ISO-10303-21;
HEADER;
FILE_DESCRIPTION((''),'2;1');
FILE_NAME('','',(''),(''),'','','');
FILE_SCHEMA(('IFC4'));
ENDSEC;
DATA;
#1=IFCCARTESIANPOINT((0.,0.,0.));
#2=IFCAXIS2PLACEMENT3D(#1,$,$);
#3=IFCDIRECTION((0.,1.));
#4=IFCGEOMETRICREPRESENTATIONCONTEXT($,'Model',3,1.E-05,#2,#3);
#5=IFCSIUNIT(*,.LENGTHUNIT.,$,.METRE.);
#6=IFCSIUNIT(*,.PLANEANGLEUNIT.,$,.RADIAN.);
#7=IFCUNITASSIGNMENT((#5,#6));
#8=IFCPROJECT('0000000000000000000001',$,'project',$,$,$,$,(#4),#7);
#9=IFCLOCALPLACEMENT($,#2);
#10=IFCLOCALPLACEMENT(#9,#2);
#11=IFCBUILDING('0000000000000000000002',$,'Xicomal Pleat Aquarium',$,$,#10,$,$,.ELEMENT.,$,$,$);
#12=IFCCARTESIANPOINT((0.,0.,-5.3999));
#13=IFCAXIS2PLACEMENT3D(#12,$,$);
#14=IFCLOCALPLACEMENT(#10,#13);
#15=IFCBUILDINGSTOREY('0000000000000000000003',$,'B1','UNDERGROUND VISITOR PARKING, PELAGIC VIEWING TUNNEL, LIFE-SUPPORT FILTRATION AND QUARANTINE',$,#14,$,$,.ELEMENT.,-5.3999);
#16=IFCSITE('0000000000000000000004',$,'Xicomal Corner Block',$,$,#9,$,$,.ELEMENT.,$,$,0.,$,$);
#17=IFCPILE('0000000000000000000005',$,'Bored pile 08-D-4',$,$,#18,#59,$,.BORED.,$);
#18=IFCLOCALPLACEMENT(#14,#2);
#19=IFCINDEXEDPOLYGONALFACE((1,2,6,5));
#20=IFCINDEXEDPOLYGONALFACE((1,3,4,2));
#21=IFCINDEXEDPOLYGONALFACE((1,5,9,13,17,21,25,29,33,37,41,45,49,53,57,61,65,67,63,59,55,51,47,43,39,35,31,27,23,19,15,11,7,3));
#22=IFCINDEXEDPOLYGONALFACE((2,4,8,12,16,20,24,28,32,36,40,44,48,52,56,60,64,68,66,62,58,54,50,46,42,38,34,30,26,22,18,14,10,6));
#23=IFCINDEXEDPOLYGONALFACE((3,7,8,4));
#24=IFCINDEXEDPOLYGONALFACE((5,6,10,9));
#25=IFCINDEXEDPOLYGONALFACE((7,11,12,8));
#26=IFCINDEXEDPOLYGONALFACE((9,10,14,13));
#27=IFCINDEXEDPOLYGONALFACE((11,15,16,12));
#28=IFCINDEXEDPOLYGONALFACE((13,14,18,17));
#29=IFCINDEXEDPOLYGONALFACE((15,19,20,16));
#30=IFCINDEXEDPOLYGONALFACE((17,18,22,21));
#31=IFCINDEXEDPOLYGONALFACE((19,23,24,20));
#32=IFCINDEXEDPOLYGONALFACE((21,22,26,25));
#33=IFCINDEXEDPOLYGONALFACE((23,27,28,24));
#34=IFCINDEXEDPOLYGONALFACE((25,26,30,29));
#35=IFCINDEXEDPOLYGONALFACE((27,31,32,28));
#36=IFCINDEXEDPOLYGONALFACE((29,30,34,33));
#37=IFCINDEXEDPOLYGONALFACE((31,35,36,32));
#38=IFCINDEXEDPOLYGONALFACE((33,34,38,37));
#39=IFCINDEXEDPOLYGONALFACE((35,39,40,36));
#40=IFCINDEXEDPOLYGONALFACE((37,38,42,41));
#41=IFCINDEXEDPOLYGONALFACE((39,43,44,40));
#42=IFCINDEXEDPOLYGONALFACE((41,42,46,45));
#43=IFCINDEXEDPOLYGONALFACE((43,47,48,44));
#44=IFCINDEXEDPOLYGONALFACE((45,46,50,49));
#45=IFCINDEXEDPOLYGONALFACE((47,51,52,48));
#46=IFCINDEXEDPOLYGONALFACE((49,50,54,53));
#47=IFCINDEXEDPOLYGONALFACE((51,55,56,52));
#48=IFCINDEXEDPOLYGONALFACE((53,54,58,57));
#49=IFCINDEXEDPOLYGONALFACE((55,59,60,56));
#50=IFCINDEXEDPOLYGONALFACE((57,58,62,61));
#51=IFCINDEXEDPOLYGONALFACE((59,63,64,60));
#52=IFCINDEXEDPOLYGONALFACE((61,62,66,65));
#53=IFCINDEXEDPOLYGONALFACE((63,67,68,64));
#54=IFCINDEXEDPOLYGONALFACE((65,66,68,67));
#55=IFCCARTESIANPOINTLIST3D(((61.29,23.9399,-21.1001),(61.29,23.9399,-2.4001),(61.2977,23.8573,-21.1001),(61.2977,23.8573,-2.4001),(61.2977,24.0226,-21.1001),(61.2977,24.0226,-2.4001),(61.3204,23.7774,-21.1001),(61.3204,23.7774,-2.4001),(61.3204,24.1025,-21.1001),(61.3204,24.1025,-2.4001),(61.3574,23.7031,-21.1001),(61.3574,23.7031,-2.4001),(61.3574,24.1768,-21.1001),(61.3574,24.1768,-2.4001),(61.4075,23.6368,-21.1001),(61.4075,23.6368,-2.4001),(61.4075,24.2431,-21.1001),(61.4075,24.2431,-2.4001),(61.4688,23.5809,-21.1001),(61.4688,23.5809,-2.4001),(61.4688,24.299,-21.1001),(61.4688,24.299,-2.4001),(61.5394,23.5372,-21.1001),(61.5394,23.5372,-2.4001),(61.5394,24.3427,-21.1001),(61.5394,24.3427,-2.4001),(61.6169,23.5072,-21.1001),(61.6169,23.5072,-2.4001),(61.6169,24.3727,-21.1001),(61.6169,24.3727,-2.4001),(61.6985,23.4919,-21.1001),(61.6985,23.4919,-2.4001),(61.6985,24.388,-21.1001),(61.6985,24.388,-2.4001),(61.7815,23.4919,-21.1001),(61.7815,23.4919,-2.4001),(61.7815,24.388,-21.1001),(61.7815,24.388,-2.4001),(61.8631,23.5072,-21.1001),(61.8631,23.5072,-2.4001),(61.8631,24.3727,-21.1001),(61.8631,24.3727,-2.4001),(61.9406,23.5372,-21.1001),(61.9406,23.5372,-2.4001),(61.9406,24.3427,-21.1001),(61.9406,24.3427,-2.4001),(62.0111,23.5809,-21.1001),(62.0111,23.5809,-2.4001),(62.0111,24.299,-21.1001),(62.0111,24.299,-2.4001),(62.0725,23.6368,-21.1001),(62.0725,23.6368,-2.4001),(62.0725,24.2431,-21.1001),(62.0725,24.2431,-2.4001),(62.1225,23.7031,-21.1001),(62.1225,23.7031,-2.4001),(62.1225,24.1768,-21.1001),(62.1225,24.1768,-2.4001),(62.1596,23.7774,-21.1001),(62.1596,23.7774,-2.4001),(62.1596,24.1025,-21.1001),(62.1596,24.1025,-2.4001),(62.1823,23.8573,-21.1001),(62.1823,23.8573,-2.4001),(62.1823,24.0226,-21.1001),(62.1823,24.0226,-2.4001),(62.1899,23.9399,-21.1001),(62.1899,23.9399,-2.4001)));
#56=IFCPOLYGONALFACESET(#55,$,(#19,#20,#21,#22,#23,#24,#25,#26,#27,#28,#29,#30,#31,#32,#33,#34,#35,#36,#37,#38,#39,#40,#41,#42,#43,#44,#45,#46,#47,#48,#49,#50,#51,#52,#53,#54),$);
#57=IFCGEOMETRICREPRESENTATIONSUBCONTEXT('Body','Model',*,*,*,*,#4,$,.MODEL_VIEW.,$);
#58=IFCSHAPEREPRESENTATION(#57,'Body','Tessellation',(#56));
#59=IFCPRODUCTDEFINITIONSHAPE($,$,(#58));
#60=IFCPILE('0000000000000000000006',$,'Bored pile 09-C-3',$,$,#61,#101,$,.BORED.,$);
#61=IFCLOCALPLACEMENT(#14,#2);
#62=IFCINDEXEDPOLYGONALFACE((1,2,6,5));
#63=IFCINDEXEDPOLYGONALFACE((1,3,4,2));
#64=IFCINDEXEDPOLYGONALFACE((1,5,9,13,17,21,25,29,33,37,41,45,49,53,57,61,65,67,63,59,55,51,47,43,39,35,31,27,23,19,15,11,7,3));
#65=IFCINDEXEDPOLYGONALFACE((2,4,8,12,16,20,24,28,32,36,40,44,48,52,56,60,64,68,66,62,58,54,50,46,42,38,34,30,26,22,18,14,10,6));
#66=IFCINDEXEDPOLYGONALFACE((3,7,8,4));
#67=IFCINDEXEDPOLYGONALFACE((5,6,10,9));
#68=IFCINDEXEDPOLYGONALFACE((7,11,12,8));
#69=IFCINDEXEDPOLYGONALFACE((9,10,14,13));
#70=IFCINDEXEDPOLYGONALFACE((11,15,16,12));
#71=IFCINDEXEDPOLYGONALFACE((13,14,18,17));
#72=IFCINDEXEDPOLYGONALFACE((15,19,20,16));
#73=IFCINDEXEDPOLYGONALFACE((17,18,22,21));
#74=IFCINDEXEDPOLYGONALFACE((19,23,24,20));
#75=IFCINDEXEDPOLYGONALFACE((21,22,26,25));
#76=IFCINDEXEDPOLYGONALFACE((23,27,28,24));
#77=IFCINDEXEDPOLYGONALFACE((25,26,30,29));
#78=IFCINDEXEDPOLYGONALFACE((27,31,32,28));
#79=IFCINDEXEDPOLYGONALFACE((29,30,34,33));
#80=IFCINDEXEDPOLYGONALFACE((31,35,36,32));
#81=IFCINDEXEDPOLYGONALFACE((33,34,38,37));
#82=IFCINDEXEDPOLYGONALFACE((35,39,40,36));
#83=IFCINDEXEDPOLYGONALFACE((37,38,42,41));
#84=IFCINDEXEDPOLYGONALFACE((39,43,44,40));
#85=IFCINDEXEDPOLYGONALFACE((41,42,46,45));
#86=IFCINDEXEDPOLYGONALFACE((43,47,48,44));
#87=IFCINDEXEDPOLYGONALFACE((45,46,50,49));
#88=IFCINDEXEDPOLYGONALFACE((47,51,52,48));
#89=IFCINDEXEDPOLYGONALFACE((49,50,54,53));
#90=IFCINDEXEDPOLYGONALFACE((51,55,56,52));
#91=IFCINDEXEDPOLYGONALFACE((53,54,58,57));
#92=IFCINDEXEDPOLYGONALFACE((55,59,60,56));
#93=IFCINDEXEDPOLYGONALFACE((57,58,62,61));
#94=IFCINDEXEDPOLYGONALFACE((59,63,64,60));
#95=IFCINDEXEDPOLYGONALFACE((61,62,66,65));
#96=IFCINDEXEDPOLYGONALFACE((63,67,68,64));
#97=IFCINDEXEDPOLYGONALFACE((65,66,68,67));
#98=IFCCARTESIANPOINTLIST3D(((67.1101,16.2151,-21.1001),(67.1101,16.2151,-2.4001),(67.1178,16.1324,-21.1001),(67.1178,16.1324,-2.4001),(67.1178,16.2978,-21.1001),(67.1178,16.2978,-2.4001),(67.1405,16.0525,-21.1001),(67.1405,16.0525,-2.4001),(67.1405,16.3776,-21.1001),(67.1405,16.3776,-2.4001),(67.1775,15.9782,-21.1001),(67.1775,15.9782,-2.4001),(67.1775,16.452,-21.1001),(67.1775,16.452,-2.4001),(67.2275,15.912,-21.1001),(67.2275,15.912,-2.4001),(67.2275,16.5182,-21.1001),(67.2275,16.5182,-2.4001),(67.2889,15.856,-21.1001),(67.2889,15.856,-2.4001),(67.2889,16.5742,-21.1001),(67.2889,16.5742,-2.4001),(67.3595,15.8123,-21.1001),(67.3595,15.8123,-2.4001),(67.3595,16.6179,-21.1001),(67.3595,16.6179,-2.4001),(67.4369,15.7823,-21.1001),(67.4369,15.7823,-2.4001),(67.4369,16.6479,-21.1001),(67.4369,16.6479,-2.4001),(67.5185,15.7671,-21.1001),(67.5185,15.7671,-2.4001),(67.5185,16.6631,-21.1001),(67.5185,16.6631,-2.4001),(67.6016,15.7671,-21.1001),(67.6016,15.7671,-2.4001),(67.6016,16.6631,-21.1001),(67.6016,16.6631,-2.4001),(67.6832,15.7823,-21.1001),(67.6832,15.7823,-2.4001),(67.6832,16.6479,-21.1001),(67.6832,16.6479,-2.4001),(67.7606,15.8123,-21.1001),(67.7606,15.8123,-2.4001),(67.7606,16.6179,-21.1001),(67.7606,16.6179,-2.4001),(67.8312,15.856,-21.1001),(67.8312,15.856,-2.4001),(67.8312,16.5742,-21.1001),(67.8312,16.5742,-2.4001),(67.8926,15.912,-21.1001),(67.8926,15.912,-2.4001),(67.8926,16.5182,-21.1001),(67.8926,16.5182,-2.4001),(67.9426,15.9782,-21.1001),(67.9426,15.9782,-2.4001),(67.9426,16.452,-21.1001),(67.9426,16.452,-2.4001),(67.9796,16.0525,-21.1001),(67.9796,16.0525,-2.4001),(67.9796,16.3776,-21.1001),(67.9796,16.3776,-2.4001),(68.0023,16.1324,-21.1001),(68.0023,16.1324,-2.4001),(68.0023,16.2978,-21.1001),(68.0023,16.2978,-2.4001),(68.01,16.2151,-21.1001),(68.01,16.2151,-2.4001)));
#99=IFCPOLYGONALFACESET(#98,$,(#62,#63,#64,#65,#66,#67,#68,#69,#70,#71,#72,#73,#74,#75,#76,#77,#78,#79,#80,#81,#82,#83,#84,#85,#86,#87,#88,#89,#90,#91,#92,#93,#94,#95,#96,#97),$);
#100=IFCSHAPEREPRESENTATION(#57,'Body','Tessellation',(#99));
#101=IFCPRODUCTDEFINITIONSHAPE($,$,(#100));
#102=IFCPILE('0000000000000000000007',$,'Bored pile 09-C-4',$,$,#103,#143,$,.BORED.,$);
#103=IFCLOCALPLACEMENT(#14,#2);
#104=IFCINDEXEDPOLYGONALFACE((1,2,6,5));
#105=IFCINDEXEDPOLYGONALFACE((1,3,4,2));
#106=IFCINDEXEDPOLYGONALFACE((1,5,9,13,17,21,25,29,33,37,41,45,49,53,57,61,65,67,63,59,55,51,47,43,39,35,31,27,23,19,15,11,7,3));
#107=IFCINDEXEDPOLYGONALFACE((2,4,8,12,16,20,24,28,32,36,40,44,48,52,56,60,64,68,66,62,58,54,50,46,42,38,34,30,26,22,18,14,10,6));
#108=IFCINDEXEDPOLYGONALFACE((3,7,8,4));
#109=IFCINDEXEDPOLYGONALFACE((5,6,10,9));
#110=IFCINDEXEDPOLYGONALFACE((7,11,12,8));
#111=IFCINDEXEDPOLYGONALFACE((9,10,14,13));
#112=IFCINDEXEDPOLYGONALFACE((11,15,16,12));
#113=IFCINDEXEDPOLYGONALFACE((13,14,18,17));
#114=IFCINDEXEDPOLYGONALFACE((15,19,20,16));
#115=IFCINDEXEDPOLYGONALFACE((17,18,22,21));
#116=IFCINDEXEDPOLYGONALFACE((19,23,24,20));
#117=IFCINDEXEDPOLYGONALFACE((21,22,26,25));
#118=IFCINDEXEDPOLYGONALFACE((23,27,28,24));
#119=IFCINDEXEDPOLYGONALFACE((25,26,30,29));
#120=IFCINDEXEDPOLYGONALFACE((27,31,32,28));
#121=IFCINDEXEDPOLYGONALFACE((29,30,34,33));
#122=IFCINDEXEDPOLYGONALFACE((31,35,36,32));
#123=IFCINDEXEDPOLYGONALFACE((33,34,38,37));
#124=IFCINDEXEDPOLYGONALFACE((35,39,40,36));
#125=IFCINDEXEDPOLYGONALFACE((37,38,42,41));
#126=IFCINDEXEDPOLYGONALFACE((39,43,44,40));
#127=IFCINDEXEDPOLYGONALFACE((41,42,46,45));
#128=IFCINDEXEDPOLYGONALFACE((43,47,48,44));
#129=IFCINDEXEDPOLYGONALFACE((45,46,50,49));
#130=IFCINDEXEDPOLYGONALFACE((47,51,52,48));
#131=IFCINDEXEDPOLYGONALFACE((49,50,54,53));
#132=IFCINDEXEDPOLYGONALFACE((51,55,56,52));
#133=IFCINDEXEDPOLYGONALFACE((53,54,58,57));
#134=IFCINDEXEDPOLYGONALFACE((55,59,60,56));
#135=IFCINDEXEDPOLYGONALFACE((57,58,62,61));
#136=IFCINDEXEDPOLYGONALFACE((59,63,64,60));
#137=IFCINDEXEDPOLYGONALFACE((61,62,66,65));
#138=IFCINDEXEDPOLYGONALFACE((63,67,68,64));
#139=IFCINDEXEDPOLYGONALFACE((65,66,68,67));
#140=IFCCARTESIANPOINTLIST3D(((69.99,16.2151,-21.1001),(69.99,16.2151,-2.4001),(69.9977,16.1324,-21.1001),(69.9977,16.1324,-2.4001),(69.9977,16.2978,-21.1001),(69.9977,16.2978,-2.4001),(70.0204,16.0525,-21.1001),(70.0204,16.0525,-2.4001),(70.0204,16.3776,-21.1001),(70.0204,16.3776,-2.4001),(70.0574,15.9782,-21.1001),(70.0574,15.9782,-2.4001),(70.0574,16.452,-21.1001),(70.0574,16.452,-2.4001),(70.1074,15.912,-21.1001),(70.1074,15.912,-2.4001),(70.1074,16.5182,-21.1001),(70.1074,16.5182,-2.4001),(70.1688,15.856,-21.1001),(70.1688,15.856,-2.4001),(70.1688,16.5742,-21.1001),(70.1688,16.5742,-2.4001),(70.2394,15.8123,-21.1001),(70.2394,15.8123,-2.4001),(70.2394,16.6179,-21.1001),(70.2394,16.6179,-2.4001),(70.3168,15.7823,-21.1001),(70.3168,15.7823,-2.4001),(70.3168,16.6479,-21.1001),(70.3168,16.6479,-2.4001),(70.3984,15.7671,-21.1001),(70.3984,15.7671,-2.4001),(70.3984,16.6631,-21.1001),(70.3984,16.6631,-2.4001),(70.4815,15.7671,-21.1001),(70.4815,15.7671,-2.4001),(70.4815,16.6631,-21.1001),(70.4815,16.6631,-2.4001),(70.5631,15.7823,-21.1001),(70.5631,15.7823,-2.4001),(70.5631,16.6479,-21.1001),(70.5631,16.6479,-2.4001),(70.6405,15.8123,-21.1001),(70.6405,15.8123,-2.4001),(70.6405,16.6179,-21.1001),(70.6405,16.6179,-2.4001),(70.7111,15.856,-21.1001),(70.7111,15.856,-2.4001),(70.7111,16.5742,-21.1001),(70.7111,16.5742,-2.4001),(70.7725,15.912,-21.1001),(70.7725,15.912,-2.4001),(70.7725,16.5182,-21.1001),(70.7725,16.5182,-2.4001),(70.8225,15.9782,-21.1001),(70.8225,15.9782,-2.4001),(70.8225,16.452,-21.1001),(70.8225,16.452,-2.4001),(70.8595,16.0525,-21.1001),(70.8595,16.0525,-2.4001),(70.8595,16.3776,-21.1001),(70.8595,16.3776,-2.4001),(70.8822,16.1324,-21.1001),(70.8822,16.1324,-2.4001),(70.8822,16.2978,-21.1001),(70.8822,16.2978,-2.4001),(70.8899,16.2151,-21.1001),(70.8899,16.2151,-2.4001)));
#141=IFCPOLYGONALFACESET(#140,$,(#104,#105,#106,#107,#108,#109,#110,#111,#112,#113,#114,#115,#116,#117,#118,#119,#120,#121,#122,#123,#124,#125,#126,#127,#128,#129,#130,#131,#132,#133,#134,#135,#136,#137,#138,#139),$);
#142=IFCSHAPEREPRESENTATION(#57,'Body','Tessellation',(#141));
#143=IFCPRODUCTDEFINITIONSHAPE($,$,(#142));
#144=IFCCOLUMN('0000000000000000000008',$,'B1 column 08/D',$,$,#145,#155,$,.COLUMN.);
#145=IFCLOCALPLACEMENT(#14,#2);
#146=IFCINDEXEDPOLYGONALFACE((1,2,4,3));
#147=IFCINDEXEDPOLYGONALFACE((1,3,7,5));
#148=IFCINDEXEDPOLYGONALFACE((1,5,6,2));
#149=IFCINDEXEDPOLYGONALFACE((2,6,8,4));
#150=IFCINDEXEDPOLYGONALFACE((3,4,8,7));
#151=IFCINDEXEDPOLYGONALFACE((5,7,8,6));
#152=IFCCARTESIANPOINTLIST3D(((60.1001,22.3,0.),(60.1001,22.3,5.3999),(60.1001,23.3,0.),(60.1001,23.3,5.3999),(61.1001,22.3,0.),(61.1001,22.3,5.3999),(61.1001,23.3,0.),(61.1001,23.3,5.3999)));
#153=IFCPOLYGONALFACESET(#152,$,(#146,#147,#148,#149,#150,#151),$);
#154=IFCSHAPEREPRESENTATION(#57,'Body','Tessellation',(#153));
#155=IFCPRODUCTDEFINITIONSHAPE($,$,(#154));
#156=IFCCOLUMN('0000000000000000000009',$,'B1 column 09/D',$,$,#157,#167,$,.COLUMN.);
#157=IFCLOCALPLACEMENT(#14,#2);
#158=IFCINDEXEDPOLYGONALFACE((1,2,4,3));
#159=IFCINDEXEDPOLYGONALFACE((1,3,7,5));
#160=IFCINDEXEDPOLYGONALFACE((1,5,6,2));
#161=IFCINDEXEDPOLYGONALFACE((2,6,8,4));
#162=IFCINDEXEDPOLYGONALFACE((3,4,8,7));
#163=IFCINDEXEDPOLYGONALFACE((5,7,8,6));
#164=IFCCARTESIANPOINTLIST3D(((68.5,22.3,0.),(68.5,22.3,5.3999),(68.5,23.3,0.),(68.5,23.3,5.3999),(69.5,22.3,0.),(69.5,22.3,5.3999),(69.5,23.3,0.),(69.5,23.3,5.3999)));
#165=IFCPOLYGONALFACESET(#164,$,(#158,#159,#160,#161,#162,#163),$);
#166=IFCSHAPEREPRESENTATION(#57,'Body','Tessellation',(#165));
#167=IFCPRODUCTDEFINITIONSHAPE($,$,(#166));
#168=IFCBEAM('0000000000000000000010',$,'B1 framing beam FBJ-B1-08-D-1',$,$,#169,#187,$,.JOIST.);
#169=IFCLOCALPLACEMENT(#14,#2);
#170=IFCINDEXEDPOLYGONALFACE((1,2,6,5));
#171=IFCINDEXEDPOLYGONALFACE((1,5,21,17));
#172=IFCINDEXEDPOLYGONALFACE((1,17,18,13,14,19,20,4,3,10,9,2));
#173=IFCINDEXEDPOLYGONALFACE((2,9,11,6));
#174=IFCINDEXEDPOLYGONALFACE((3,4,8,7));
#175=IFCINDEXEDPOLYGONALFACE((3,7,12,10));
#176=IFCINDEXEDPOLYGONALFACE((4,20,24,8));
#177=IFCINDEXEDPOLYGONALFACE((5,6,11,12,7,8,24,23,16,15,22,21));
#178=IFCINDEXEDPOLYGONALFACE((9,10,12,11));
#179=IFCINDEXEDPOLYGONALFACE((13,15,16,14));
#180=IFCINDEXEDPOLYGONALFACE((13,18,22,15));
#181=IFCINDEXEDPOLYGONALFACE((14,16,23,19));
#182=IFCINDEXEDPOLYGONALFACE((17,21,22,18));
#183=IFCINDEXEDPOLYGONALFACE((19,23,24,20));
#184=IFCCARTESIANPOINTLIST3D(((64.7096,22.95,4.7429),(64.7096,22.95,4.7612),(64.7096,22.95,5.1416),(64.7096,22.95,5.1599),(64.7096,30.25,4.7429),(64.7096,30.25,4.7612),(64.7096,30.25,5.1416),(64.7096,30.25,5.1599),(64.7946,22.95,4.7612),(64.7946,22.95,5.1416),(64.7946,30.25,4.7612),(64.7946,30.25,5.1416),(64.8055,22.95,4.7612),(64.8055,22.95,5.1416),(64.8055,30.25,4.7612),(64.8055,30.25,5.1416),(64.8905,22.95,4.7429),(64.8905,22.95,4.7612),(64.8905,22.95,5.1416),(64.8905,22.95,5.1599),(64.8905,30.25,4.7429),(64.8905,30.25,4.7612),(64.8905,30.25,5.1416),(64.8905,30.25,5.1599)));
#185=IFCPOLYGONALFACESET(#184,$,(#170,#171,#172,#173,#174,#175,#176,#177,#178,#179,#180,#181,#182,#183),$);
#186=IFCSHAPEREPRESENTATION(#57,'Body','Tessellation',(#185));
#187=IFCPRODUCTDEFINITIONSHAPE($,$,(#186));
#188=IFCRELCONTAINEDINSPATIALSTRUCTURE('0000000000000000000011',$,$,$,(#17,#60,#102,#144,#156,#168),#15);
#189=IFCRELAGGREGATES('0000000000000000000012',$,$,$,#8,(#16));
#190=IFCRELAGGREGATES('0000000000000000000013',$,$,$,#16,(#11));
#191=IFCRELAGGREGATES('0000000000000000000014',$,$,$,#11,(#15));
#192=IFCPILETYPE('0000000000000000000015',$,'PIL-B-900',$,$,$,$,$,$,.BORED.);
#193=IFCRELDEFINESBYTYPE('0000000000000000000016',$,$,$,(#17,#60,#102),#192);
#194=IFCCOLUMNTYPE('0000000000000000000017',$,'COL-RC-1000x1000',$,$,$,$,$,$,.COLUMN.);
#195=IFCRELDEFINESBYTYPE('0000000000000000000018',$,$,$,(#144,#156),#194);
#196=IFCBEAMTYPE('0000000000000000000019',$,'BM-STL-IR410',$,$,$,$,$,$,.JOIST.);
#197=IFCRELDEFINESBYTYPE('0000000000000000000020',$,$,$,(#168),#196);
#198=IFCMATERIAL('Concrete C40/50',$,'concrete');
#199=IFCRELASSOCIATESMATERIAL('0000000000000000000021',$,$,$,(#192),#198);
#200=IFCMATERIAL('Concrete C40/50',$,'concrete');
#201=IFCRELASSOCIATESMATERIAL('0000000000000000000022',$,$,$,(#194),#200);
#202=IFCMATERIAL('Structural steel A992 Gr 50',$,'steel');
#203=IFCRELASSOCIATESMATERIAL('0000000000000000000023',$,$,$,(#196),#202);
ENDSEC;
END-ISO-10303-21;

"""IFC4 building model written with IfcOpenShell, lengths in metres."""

from ifc_helpers import new_model, si_unit, direction, frame, origin, origin_2d, place, context, subcontext, project, spatial, rectangle, circle, i_section, extrude, material, material_profile, profile_set, type_object, element, save


model = new_model("IFC4")

# Units and contexts
model_context = context("Model", 3, precision=1e-05, world=origin(), true_north=direction((0.0, 1.0)))
body_context = subcontext(model_context, "Body", "Model", "MODEL_VIEW")
ifc_project = project(units=[si_unit("LENGTHUNIT", "METRE"), si_unit("PLANEANGLEUNIT", "RADIAN")], contexts=[model_context])

# Site, building, storey
site_placement = place(None, origin())
site = spatial("IfcSite", under=ifc_project, at=site_placement, Name="Xicomal Corner Block", CompositionType="ELEMENT", RefElevation=0.0)
building_placement = place(site_placement, origin())
building = spatial("IfcBuilding", under=site, at=building_placement, Name="Xicomal Pleat Aquarium", CompositionType="ELEMENT")
storey_placement = place(building_placement, frame((0.0, 0.0, -5.3999)))
storey = spatial("IfcBuildingStorey", under=building, at=storey_placement, Name="B1", Description="UNDERGROUND VISITOR PARKING, PELAGIC VIEWING TUNNEL, LIFE-SUPPORT FILTRATION AND QUARANTINE", CompositionType="ELEMENT", Elevation=-5.3999)

# Piles
ifc_material_1 = material(Name="Concrete C40/50", Category="concrete")
ifc_material_profile_1 = material_profile(ifc_material_1, circle(Radius=0.45, at=origin_2d()), Name="BORED PILE D900")
ifc_profile_set_1 = profile_set([ifc_material_profile_1], Name="Concrete C40/50")
pile_type_1 = type_object("IfcPileType", Name="PIL-B-900", PredefinedType="BORED", material=ifc_profile_set_1)
for number, where, z_axis, x_axis, name in (
    (1, (61.74, 23.9399, -2.4001), (0.0, 0.0, -1.0), (1.0, 0.0, 0.0), "Bored pile 08-D-4"),
    (2, (67.5601, 16.2151, -2.4001), (0.0, 0.0, -1.0), (1.0, 0.0, 0.0), "Bored pile 09-C-3"),
    (3, (70.4399, 16.2151, -2.4001), (0.0, 0.0, -1.0), (1.0, 0.0, 0.0), "Bored pile 09-C-4"),
):
    element("IfcPile", number, at=place(storey_placement, frame(where, z_axis=z_axis, x_axis=x_axis)), inside=storey, type_object=pile_type_1, Name=name, PredefinedType="BORED", context=body_context, shape_type="SweptSolid", body=[
        extrude(circle(Radius=0.45, at=origin_2d()), origin(), (0.0, 0.0, 1.0), 18.7),
    ])

# Columns
ifc_material_2 = material(Name="Concrete C40/50", Category="concrete")
ifc_material_profile_2 = material_profile(ifc_material_2, rectangle(XDim=1.0, YDim=1.0, at=origin_2d()), Name="RC 1000x1000")
ifc_profile_set_2 = profile_set([ifc_material_profile_2], Name="Concrete C40/50")
column_type = type_object("IfcColumnType", Name="COL-RC-1000x1000", PredefinedType="COLUMN", material=ifc_profile_set_2)
for number, where, z_axis, x_axis, name in (
    (4, (60.6001, 22.8, 0.0), (0.0, 0.0, 1.0), (1.0, 0.0, 0.0), "B1 column 08/D"),
    (5, (69.0, 22.8, 0.0), (0.0, 0.0, 1.0), (1.0, 0.0, 0.0), "B1 column 09/D"),
):
    element("IfcColumn", number, at=place(storey_placement, frame(where, z_axis=z_axis, x_axis=x_axis)), inside=storey, type_object=column_type, Name=name, PredefinedType="COLUMN", context=body_context, shape_type="SweptSolid", body=[
        extrude(rectangle(XDim=1.0, YDim=1.0, at=origin_2d()), origin(), (0.0, 0.0, 1.0), 5.3999),
    ])

# Beam
ifc_material_3 = material(Name="Structural steel A992 Gr 50", Category="steel")
ifc_material_profile_3 = material_profile(ifc_material_3, i_section(OverallWidth=0.1809, OverallDepth=0.417, WebThickness=0.011, FlangeThickness=0.0183, at=origin_2d()), Name="IR 410x85")
ifc_profile_set_3 = profile_set([ifc_material_profile_3], Name="Structural steel A992 Gr 50")
beam_type_1 = type_object("IfcBeamType", Name="BM-STL-IR410", PredefinedType="JOIST", material=ifc_profile_set_3)
beam_1_placement = place(storey_placement, frame((64.8, 22.95, 4.9514), z_axis=(0.0, 1.0, 0.0), x_axis=(-1.0, 0.0, 0.0)))
element("IfcBeam", 6, at=beam_1_placement, inside=storey, type_object=beam_type_1, Name="B1 framing beam FBJ-B1-08-D-1", PredefinedType="JOIST", context=body_context, shape_type="SweptSolid", body=[
    extrude(i_section(OverallWidth=0.1809, OverallDepth=0.417, WebThickness=0.011, FlangeThickness=0.0183, at=origin_2d()), origin(), (0.0, 0.0, 1.0), 7.3),
])

save(model, "model.ifc")
